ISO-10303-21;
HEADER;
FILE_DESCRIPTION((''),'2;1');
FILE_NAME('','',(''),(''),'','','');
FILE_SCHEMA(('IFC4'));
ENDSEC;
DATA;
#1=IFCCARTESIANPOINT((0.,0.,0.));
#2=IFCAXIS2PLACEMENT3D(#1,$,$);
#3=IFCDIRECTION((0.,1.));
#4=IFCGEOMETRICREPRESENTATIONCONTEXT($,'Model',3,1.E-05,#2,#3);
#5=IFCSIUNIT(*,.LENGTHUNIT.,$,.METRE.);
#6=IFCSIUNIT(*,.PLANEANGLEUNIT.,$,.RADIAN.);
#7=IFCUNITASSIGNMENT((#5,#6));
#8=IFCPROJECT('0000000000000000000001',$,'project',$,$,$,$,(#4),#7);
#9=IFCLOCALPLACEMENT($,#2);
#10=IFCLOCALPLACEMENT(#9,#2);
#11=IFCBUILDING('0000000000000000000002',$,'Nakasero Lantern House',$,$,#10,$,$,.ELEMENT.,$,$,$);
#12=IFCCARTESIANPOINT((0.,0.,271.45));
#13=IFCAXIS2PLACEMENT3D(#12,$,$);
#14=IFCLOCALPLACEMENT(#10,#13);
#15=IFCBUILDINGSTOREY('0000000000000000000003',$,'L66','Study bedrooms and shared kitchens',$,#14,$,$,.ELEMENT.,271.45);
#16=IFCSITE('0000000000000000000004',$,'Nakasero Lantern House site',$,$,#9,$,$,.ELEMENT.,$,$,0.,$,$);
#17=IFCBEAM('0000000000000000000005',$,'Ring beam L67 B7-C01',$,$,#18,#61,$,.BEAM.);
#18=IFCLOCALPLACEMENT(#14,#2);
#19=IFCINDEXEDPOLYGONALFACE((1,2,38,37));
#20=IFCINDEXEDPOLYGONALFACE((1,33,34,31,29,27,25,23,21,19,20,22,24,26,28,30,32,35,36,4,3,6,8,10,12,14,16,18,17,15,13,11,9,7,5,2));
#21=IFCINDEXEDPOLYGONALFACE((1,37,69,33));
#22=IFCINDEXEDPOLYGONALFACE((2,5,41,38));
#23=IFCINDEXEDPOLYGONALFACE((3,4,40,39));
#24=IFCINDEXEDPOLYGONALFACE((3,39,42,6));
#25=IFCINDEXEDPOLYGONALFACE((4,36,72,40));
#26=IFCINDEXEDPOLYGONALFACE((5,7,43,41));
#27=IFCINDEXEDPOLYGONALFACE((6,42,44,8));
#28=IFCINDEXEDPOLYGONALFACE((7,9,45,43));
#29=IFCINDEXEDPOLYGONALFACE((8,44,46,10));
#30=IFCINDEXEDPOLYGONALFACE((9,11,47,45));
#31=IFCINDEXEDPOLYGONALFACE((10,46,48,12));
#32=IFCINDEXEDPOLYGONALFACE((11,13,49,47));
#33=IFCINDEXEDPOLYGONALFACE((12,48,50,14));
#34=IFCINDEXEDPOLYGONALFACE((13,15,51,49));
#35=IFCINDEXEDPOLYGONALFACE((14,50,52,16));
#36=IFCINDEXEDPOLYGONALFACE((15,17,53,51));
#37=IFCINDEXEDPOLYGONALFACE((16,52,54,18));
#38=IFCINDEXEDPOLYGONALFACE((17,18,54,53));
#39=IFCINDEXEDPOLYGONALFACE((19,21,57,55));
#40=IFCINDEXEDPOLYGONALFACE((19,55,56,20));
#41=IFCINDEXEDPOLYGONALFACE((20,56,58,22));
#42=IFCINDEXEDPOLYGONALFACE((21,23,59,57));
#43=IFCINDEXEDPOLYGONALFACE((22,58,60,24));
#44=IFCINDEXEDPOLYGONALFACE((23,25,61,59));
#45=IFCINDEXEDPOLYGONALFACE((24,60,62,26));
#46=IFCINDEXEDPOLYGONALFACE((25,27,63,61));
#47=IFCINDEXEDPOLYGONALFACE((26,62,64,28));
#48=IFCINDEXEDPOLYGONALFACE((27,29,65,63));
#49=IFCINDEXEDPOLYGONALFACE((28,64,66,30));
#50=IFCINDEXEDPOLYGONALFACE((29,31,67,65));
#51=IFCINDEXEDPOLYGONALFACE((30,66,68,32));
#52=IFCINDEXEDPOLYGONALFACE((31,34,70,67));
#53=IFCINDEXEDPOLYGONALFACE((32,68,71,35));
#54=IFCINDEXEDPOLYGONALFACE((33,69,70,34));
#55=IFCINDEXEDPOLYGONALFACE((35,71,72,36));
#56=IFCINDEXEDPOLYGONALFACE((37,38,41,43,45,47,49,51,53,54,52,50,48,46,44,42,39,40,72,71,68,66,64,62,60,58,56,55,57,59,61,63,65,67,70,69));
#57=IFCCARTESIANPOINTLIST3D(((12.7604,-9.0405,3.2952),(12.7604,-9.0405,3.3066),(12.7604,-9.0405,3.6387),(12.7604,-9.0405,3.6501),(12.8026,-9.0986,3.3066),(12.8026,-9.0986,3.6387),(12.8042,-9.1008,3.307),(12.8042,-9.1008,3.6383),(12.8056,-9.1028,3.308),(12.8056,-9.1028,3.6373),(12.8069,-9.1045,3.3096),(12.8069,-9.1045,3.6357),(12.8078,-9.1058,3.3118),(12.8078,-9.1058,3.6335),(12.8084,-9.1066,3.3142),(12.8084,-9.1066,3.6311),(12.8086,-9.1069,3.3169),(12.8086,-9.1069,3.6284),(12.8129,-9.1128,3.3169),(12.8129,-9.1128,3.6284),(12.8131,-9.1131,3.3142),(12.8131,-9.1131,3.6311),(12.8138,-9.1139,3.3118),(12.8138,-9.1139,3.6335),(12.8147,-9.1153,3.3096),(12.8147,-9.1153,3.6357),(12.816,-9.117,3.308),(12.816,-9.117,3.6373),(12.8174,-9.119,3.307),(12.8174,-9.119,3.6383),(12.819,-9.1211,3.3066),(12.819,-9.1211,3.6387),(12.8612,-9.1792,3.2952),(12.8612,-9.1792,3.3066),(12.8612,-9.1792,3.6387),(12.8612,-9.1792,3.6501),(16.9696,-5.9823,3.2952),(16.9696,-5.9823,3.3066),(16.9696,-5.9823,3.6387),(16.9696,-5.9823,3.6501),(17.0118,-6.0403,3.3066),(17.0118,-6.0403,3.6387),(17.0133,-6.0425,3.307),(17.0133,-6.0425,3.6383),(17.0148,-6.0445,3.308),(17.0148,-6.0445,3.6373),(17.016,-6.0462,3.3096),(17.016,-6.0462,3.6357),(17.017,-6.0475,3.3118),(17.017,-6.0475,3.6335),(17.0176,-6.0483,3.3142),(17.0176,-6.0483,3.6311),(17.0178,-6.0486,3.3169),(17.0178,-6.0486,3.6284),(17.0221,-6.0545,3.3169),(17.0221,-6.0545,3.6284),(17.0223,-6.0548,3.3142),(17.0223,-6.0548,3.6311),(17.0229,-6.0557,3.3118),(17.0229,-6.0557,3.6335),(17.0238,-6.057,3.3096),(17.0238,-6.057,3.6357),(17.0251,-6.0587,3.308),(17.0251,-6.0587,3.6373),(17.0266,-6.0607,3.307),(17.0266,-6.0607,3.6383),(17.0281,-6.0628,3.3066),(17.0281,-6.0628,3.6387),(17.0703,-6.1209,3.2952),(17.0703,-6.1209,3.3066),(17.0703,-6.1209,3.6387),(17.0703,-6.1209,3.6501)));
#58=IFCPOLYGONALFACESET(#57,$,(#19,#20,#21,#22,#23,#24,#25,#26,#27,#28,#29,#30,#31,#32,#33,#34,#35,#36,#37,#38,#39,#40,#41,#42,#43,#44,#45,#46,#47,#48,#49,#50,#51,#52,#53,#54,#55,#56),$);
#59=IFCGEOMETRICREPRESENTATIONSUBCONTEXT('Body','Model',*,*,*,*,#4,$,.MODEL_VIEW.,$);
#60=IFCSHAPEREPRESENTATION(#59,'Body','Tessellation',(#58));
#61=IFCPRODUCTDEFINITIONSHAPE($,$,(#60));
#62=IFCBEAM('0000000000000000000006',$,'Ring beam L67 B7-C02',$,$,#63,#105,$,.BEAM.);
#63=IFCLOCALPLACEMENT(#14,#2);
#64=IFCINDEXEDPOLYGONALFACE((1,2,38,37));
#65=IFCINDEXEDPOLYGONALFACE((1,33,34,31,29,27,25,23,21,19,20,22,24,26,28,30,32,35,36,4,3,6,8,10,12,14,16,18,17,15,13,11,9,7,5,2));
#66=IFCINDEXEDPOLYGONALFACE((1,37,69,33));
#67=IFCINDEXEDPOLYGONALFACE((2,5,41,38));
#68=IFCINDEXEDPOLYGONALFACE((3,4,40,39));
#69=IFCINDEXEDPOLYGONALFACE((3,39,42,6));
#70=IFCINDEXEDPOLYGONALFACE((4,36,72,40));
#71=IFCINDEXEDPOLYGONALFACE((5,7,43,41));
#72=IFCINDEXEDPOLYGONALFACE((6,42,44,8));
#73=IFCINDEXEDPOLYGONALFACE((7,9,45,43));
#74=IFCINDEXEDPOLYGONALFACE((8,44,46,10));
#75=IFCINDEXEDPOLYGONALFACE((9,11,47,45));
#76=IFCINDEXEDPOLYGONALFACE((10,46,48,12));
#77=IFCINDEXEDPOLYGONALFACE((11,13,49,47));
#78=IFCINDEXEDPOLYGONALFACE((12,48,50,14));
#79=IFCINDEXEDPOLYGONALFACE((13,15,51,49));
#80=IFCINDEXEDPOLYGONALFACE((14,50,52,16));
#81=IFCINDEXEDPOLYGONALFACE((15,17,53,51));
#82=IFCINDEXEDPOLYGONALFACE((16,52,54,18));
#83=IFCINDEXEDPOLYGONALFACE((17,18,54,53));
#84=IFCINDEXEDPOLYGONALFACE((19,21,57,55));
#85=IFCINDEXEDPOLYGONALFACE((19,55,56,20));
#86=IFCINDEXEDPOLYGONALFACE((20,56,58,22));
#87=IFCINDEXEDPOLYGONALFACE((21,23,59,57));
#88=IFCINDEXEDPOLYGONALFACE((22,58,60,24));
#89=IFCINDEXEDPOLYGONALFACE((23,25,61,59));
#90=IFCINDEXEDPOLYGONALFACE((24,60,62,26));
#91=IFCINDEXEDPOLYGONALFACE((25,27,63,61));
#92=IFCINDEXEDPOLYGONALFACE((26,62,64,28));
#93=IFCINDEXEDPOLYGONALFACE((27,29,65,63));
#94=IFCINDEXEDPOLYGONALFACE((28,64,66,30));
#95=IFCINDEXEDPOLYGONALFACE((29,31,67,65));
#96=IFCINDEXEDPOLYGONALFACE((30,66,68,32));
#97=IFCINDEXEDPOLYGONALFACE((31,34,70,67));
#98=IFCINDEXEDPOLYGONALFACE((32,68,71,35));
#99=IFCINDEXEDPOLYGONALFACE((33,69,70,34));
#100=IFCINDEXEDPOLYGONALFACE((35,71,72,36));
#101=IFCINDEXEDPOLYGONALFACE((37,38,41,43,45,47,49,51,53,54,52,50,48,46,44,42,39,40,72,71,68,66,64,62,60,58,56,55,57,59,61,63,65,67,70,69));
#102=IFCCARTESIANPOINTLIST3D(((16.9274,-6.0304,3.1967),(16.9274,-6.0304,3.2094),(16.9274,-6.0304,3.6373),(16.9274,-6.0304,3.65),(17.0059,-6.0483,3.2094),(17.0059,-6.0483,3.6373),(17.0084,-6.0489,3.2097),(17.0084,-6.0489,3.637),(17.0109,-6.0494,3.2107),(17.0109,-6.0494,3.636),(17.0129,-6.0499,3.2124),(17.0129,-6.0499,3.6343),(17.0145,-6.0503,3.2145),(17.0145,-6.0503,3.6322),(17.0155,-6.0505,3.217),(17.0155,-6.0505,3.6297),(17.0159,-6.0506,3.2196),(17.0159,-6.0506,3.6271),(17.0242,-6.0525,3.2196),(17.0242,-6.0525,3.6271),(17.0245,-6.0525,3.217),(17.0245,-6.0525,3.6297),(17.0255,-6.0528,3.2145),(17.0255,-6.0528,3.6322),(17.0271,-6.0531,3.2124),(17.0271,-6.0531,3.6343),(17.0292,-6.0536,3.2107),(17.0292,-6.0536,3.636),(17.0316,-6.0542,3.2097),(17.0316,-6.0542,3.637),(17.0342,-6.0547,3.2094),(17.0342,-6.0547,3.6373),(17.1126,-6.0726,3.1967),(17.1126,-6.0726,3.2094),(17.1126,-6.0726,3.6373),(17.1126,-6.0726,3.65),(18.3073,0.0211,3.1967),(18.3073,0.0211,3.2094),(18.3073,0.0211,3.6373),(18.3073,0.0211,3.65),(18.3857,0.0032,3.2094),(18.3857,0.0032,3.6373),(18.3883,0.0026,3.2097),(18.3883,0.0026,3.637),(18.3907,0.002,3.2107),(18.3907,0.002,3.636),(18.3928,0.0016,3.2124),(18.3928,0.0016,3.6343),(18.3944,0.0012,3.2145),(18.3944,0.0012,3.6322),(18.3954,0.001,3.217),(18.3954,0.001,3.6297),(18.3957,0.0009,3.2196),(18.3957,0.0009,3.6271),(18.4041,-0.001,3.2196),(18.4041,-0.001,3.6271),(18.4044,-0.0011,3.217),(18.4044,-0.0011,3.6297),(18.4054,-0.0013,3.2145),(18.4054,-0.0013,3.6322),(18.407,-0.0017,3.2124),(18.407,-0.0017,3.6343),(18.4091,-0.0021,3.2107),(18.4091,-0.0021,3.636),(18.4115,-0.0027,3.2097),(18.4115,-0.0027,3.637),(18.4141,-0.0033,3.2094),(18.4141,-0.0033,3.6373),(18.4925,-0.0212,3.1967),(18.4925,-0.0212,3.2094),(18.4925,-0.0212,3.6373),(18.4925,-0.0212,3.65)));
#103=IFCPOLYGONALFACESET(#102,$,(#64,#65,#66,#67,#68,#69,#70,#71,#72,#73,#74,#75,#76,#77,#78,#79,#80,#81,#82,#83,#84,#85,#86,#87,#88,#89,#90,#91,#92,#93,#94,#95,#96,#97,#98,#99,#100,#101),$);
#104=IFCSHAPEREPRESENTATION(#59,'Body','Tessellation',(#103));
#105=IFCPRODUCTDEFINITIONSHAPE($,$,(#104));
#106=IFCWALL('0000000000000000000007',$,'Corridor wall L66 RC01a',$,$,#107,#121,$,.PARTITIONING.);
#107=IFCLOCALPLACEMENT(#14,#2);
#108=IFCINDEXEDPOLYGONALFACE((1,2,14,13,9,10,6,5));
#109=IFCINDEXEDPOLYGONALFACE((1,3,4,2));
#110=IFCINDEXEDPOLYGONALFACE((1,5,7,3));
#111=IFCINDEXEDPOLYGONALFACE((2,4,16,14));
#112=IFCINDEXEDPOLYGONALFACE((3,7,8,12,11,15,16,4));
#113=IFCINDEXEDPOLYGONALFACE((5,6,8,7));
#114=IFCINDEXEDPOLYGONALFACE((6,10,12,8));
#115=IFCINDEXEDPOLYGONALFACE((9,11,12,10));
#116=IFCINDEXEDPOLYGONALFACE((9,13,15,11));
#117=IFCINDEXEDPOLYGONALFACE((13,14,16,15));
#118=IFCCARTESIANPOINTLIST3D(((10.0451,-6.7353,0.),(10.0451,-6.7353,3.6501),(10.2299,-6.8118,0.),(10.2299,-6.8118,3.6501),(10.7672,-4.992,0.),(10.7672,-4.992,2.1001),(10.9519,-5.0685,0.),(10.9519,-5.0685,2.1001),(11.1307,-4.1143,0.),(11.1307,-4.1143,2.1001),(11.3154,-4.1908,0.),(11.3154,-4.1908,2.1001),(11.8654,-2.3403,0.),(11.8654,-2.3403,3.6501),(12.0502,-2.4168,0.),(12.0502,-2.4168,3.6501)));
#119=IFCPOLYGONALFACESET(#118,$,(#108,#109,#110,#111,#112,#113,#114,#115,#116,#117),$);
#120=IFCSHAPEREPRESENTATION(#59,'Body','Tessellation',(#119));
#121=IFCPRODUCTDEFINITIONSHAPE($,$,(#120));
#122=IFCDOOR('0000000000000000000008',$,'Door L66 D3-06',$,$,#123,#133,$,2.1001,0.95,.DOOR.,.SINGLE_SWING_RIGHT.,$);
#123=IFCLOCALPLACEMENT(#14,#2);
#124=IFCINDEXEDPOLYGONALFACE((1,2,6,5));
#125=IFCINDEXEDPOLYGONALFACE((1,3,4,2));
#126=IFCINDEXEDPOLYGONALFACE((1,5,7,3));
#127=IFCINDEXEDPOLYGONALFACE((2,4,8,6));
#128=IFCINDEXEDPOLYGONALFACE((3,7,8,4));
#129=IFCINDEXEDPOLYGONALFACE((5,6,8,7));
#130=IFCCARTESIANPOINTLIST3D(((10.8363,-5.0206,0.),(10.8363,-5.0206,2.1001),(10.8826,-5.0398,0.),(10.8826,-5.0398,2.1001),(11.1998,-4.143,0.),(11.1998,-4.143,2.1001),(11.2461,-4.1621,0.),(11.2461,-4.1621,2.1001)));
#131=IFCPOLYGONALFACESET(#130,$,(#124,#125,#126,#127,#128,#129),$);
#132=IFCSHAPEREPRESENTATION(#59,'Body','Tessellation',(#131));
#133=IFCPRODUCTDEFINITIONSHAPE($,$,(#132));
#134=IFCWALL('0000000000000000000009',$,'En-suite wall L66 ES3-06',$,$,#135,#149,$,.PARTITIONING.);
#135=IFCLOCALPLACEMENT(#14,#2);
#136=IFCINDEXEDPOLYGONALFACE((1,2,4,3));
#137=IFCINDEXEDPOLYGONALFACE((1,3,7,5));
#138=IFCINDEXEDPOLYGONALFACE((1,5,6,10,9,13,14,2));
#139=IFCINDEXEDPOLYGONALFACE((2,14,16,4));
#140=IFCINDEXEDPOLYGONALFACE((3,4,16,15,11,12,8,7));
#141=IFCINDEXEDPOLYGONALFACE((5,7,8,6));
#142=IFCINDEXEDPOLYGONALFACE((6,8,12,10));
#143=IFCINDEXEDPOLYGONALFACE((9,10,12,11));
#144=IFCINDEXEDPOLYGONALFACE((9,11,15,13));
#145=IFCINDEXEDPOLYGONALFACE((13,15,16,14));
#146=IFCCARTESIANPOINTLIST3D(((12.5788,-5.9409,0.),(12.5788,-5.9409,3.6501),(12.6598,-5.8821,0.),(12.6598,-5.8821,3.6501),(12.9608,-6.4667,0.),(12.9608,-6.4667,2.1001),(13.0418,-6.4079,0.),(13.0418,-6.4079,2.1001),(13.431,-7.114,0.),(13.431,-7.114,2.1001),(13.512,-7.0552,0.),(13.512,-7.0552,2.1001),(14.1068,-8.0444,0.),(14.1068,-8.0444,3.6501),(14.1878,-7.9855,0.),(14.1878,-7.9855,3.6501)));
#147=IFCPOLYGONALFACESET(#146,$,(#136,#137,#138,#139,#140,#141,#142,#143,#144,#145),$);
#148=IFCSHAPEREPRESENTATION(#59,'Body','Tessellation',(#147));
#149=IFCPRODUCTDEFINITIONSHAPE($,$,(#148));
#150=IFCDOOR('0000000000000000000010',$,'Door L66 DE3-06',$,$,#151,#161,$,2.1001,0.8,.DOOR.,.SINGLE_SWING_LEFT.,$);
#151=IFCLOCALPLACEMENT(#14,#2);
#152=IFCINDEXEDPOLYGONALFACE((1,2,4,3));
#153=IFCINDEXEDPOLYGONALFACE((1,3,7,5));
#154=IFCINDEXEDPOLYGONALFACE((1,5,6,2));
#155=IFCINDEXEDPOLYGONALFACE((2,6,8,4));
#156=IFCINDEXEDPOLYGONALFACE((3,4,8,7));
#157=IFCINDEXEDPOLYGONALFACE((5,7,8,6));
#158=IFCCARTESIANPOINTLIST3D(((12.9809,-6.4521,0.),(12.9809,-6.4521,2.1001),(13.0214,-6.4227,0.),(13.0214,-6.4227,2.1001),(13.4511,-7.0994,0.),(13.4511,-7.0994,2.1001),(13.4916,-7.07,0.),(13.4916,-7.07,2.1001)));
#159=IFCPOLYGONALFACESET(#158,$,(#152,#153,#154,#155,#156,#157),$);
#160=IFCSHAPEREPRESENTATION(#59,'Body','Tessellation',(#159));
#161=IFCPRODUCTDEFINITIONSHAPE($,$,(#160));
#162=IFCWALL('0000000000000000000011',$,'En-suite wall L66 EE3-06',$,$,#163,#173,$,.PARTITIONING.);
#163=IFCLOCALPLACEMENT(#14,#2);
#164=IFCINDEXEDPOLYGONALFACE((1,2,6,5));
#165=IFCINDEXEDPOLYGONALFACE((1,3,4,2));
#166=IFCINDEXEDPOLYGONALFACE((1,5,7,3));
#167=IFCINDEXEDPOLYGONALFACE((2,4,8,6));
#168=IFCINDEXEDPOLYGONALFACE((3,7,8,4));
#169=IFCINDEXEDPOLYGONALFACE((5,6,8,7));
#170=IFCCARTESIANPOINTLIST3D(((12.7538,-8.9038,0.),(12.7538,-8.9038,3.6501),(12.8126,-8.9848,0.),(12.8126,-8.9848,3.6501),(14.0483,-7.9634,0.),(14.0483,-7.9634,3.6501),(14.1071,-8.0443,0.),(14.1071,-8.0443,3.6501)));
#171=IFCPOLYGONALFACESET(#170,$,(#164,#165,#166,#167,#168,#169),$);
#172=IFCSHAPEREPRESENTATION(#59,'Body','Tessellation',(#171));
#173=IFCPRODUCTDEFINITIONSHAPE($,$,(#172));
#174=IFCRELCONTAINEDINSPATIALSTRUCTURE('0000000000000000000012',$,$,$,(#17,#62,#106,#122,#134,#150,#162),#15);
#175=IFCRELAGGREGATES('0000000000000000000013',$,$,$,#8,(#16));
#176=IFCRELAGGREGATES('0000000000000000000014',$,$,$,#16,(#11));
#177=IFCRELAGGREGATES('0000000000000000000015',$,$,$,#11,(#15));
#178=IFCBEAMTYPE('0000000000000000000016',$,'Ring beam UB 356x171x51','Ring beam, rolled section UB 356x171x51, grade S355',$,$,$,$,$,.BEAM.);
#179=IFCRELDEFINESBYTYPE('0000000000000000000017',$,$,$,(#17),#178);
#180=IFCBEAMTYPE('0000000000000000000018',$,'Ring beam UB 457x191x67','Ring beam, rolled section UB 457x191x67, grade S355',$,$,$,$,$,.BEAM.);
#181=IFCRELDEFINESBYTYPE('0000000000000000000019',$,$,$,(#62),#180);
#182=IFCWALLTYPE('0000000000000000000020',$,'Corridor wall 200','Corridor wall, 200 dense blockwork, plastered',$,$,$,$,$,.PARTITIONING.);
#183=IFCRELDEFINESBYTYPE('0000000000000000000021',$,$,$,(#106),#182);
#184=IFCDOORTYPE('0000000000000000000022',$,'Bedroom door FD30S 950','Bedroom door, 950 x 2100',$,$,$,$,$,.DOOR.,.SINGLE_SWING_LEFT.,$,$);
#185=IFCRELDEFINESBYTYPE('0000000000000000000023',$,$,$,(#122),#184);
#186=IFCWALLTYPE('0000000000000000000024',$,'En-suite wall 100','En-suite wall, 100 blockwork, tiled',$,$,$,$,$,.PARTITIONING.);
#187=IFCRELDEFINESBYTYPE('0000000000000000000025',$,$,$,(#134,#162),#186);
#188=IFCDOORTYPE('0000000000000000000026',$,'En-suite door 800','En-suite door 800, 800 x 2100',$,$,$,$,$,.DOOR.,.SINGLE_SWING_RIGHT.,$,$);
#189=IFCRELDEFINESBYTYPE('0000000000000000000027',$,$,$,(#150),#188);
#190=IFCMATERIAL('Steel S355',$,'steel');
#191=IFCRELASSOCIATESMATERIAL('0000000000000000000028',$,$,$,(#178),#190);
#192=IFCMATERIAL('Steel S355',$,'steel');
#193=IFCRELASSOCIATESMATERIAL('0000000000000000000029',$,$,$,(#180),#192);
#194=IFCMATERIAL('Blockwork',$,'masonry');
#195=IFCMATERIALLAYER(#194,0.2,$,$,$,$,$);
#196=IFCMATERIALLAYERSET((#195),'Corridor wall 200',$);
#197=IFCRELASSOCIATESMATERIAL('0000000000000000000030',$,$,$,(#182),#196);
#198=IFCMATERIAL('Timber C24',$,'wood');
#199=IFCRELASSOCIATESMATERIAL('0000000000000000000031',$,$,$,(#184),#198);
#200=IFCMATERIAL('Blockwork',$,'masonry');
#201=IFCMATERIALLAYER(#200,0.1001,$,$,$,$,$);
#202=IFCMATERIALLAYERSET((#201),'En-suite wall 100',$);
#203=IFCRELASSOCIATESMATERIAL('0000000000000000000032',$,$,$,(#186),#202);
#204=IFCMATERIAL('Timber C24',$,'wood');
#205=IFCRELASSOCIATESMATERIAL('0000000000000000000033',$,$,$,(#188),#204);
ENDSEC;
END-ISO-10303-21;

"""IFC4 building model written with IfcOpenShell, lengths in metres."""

from ifc_helpers import new_model, si_unit, direction, frame, frame_2d, origin, origin_2d, place, context, subcontext, project, spatial, rectangle, i_section, extrude, material, layer, layer_set, material_profile, profile_set, type_object, element, fill, save


model = new_model("IFC4")

# Units and contexts
model_context = context("Model", 3, precision=1e-05, world=origin(), true_north=direction((0.0, 1.0)))
body_context = subcontext(model_context, "Body", "Model", "MODEL_VIEW")
ifc_project = project(units=[si_unit("LENGTHUNIT", "METRE"), si_unit("PLANEANGLEUNIT", "RADIAN")], contexts=[model_context])

# Site, building, storey
site_placement = place(None, origin())
site = spatial("IfcSite", under=ifc_project, at=site_placement, Name="Nakasero Lantern House site", CompositionType="ELEMENT", RefElevation=0.0)
building_placement = place(site_placement, origin())
building = spatial("IfcBuilding", under=site, at=building_placement, Name="Nakasero Lantern House", CompositionType="ELEMENT")
storey_placement = place(building_placement, frame((0.0, 0.0, 271.45)))
storey = spatial("IfcBuildingStorey", under=building, at=storey_placement, Name="L66", Description="Study bedrooms and shared kitchens", CompositionType="ELEMENT", Elevation=271.45)

# Beams
ifc_material_1 = material(Name="Steel S355", Category="steel")
ifc_material_profile_1 = material_profile(ifc_material_1, i_section(OverallWidth=0.1714, OverallDepth=0.355, WebThickness=0.0073, FlangeThickness=0.0115, FilletRadius=0.0103, at=origin_2d()), Name="UB 356x171x51")
ifc_profile_set_1 = profile_set([ifc_material_profile_1], Name="Steel S355")
beam_type_1 = type_object("IfcBeamType", Name="Ring beam UB 356x171x51", Description="Ring beam, rolled section UB 356x171x51, grade S355", PredefinedType="BEAM", material=ifc_profile_set_1)
beam_1_placement = place(storey_placement, frame((12.8108, -9.1099, 3.4727), z_axis=(0.809002, 0.587806, 0.0), x_axis=(-0.587806, 0.809002, 0.0)))
element("IfcBeam", 1, at=beam_1_placement, inside=storey, type_object=beam_type_1, Name="Ring beam L67 B7-C01", PredefinedType="BEAM", context=body_context, shape_type="SweptSolid", body=[
    extrude(i_section(OverallWidth=0.1714, OverallDepth=0.355, WebThickness=0.0073, FlangeThickness=0.0115, FilletRadius=0.0103, at=origin_2d()), origin(), (0.0, 0.0, 1.0), 5.2029),
])
ifc_material_2 = material(Name="Steel S355", Category="steel")
ifc_material_profile_2 = material_profile(ifc_material_2, i_section(OverallWidth=0.1899, OverallDepth=0.4534, WebThickness=0.0085, FlangeThickness=0.0127, FilletRadius=0.0103, at=origin_2d()), Name="UB 457x191x67")
ifc_profile_set_2 = profile_set([ifc_material_profile_2], Name="Steel S355")
beam_type_2 = type_object("IfcBeamType", Name="Ring beam UB 457x191x67", Description="Ring beam, rolled section UB 457x191x67, grade S355", PredefinedType="BEAM", material=ifc_profile_set_2)
beam_2_placement = place(storey_placement, frame((17.02, -6.0515, 3.4233), z_axis=(0.222316, 0.974975, 0.0), x_axis=(-0.974975, 0.222316, 0.0)))
element("IfcBeam", 2, at=beam_2_placement, inside=storey, type_object=beam_type_2, Name="Ring beam L67 B7-C02", PredefinedType="BEAM", context=body_context, shape_type="SweptSolid", body=[
    extrude(i_section(OverallWidth=0.1899, OverallDepth=0.4534, WebThickness=0.0085, FlangeThickness=0.0127, FilletRadius=0.0103, at=origin_2d()), origin(), (0.0, 0.0, 1.0), 6.2068),
])

# Walls, openings, doors
ifc_material_3 = material(Name="Blockwork", Category="masonry")
ifc_layer_1 = layer(ifc_material_3, 0.2)
ifc_layer_set_1 = layer_set([ifc_layer_1], Name="Corridor wall 200")
wall_type_1 = type_object("IfcWallType", Name="Corridor wall 200", Description="Corridor wall, 200 dense blockwork, plastered", PredefinedType="PARTITIONING", material=ifc_layer_set_1)
wall_1_placement = place(storey_placement, frame((11.9578, -2.3787, 0.0), z_axis=(0.0, 0.0, 1.0), x_axis=(-0.382654, -0.923892, 0.0)))
wall_1 = element("IfcWall", 3, at=wall_1_placement, inside=storey, type_object=wall_type_1, Name="Corridor wall L66 RC01a", PredefinedType="PARTITIONING", context=body_context, shape_type="SweptSolid", body=[
    extrude(rectangle(XDim=4.7571, YDim=0.2, at=frame_2d((2.3784, 0.0))), origin(), (0.0, 0.0, 1.0), 3.6501),
])
opening_1_placement = place(wall_1_placement, frame((1.9199, 0.0, 0.0)))
opening_1 = element("IfcOpeningElement", 4, at=opening_1_placement, cuts=wall_1, PredefinedType="OPENING", context=body_context, shape_type="SweptSolid", body=[
    extrude(rectangle(XDim=0.95, YDim=2.1001, at=frame_2d((0.4751, 1.05))), frame((0.0, 0.1199, 0.0), z_axis=(0.0, -1.0, 0.0), x_axis=(1.0, 0.0, 0.0)), (0.0, 0.0, 1.0), 0.24),
])
ifc_material_4 = material(Name="Timber C24", Category="wood")
door_type_1 = type_object("IfcDoorType", Name="Bedroom door FD30S 950", Description="Bedroom door, 950 x 2100", OperationType="SINGLE_SWING_LEFT", PredefinedType="DOOR", material=ifc_material_4)
door_1_placement = place(opening_1_placement, origin())
door_1 = element("IfcDoor", 5, at=door_1_placement, inside=storey, type_object=door_type_1, Name="Door L66 D3-06", OperationType="SINGLE_SWING_RIGHT", OverallHeight=2.1001, OverallWidth=0.95, PredefinedType="DOOR", context=body_context, shape_type="SweptSolid", body=[
    extrude(rectangle(XDim=0.95, YDim=2.1001, at=frame_2d((0.4751, 1.05))), frame((0.0, 0.0249, 0.0), z_axis=(0.0, -1.0, 0.0), x_axis=(1.0, 0.0, 0.0)), (0.0, 0.0, 1.0), 0.05),
])
fill(opening_1, door_1)
ifc_material_5 = material(Name="Blockwork", Category="masonry")
ifc_layer_2 = layer(ifc_material_5, 0.1001)
ifc_layer_set_2 = layer_set([ifc_layer_2], Name="En-suite wall 100")
wall_type_2 = type_object("IfcWallType", Name="En-suite wall 100", Description="En-suite wall, 100 blockwork, tiled", PredefinedType="PARTITIONING", material=ifc_layer_set_2)
wall_2_placement = place(storey_placement, frame((12.6194, -5.9116, 0.0), z_axis=(0.0, 0.0, 1.0), x_axis=(0.587731, -0.809057, 0.0)))
wall_2 = element("IfcWall", 6, at=wall_2_placement, inside=storey, type_object=wall_type_2, Name="En-suite wall L66 ES3-06", PredefinedType="PARTITIONING", context=body_context, shape_type="SweptSolid", body=[
    extrude(rectangle(XDim=2.5999, YDim=0.1001, at=frame_2d((1.2998, 0.0))), origin(), (0.0, 0.0, 1.0), 3.6501),
])
opening_2_placement = place(wall_2_placement, frame((0.6499, 0.0, 0.0)))
opening_2 = element("IfcOpeningElement", 7, at=opening_2_placement, cuts=wall_2, PredefinedType="OPENING", context=body_context, shape_type="SweptSolid", body=[
    extrude(rectangle(XDim=0.8, YDim=2.1001, at=frame_2d((0.3999, 1.05))), frame((0.0, 0.0701, 0.0), z_axis=(0.0, -1.0, 0.0), x_axis=(1.0, 0.0, 0.0)), (0.0, 0.0, 1.0), 0.1401),
])
ifc_material_6 = material(Name="Timber C24", Category="wood")
door_type_2 = type_object("IfcDoorType", Name="En-suite door 800", Description="En-suite door 800, 800 x 2100", OperationType="SINGLE_SWING_RIGHT", PredefinedType="DOOR", material=ifc_material_6)
door_2_placement = place(opening_2_placement, origin())
door_2 = element("IfcDoor", 8, at=door_2_placement, inside=storey, type_object=door_type_2, Name="Door L66 DE3-06", OperationType="SINGLE_SWING_LEFT", OverallHeight=2.1001, OverallWidth=0.8, PredefinedType="DOOR", context=body_context, shape_type="SweptSolid", body=[
    extrude(rectangle(XDim=0.8, YDim=2.1001, at=frame_2d((0.3999, 1.05))), frame((0.0, 0.0249, 0.0), z_axis=(0.0, -1.0, 0.0), x_axis=(1.0, 0.0, 0.0)), (0.0, 0.0, 1.0), 0.05),
])
fill(opening_2, door_2)

# Wall
wall_3_placement = place(storey_placement, frame((12.7832, -8.9443, 0.0), z_axis=(0.0, 0.0, 1.0), x_axis=(0.809026, 0.587772, 0.0)))
element("IfcWall", 9, at=wall_3_placement, inside=storey, type_object=wall_type_2, Name="En-suite wall L66 EE3-06", PredefinedType="PARTITIONING", context=body_context, shape_type="SweptSolid", body=[
    extrude(rectangle(XDim=1.6001, YDim=0.1001, at=frame_2d((0.8, 0.0))), origin(), (0.0, 0.0, 1.0), 3.6501),
])

save(model, "model.ifc")
